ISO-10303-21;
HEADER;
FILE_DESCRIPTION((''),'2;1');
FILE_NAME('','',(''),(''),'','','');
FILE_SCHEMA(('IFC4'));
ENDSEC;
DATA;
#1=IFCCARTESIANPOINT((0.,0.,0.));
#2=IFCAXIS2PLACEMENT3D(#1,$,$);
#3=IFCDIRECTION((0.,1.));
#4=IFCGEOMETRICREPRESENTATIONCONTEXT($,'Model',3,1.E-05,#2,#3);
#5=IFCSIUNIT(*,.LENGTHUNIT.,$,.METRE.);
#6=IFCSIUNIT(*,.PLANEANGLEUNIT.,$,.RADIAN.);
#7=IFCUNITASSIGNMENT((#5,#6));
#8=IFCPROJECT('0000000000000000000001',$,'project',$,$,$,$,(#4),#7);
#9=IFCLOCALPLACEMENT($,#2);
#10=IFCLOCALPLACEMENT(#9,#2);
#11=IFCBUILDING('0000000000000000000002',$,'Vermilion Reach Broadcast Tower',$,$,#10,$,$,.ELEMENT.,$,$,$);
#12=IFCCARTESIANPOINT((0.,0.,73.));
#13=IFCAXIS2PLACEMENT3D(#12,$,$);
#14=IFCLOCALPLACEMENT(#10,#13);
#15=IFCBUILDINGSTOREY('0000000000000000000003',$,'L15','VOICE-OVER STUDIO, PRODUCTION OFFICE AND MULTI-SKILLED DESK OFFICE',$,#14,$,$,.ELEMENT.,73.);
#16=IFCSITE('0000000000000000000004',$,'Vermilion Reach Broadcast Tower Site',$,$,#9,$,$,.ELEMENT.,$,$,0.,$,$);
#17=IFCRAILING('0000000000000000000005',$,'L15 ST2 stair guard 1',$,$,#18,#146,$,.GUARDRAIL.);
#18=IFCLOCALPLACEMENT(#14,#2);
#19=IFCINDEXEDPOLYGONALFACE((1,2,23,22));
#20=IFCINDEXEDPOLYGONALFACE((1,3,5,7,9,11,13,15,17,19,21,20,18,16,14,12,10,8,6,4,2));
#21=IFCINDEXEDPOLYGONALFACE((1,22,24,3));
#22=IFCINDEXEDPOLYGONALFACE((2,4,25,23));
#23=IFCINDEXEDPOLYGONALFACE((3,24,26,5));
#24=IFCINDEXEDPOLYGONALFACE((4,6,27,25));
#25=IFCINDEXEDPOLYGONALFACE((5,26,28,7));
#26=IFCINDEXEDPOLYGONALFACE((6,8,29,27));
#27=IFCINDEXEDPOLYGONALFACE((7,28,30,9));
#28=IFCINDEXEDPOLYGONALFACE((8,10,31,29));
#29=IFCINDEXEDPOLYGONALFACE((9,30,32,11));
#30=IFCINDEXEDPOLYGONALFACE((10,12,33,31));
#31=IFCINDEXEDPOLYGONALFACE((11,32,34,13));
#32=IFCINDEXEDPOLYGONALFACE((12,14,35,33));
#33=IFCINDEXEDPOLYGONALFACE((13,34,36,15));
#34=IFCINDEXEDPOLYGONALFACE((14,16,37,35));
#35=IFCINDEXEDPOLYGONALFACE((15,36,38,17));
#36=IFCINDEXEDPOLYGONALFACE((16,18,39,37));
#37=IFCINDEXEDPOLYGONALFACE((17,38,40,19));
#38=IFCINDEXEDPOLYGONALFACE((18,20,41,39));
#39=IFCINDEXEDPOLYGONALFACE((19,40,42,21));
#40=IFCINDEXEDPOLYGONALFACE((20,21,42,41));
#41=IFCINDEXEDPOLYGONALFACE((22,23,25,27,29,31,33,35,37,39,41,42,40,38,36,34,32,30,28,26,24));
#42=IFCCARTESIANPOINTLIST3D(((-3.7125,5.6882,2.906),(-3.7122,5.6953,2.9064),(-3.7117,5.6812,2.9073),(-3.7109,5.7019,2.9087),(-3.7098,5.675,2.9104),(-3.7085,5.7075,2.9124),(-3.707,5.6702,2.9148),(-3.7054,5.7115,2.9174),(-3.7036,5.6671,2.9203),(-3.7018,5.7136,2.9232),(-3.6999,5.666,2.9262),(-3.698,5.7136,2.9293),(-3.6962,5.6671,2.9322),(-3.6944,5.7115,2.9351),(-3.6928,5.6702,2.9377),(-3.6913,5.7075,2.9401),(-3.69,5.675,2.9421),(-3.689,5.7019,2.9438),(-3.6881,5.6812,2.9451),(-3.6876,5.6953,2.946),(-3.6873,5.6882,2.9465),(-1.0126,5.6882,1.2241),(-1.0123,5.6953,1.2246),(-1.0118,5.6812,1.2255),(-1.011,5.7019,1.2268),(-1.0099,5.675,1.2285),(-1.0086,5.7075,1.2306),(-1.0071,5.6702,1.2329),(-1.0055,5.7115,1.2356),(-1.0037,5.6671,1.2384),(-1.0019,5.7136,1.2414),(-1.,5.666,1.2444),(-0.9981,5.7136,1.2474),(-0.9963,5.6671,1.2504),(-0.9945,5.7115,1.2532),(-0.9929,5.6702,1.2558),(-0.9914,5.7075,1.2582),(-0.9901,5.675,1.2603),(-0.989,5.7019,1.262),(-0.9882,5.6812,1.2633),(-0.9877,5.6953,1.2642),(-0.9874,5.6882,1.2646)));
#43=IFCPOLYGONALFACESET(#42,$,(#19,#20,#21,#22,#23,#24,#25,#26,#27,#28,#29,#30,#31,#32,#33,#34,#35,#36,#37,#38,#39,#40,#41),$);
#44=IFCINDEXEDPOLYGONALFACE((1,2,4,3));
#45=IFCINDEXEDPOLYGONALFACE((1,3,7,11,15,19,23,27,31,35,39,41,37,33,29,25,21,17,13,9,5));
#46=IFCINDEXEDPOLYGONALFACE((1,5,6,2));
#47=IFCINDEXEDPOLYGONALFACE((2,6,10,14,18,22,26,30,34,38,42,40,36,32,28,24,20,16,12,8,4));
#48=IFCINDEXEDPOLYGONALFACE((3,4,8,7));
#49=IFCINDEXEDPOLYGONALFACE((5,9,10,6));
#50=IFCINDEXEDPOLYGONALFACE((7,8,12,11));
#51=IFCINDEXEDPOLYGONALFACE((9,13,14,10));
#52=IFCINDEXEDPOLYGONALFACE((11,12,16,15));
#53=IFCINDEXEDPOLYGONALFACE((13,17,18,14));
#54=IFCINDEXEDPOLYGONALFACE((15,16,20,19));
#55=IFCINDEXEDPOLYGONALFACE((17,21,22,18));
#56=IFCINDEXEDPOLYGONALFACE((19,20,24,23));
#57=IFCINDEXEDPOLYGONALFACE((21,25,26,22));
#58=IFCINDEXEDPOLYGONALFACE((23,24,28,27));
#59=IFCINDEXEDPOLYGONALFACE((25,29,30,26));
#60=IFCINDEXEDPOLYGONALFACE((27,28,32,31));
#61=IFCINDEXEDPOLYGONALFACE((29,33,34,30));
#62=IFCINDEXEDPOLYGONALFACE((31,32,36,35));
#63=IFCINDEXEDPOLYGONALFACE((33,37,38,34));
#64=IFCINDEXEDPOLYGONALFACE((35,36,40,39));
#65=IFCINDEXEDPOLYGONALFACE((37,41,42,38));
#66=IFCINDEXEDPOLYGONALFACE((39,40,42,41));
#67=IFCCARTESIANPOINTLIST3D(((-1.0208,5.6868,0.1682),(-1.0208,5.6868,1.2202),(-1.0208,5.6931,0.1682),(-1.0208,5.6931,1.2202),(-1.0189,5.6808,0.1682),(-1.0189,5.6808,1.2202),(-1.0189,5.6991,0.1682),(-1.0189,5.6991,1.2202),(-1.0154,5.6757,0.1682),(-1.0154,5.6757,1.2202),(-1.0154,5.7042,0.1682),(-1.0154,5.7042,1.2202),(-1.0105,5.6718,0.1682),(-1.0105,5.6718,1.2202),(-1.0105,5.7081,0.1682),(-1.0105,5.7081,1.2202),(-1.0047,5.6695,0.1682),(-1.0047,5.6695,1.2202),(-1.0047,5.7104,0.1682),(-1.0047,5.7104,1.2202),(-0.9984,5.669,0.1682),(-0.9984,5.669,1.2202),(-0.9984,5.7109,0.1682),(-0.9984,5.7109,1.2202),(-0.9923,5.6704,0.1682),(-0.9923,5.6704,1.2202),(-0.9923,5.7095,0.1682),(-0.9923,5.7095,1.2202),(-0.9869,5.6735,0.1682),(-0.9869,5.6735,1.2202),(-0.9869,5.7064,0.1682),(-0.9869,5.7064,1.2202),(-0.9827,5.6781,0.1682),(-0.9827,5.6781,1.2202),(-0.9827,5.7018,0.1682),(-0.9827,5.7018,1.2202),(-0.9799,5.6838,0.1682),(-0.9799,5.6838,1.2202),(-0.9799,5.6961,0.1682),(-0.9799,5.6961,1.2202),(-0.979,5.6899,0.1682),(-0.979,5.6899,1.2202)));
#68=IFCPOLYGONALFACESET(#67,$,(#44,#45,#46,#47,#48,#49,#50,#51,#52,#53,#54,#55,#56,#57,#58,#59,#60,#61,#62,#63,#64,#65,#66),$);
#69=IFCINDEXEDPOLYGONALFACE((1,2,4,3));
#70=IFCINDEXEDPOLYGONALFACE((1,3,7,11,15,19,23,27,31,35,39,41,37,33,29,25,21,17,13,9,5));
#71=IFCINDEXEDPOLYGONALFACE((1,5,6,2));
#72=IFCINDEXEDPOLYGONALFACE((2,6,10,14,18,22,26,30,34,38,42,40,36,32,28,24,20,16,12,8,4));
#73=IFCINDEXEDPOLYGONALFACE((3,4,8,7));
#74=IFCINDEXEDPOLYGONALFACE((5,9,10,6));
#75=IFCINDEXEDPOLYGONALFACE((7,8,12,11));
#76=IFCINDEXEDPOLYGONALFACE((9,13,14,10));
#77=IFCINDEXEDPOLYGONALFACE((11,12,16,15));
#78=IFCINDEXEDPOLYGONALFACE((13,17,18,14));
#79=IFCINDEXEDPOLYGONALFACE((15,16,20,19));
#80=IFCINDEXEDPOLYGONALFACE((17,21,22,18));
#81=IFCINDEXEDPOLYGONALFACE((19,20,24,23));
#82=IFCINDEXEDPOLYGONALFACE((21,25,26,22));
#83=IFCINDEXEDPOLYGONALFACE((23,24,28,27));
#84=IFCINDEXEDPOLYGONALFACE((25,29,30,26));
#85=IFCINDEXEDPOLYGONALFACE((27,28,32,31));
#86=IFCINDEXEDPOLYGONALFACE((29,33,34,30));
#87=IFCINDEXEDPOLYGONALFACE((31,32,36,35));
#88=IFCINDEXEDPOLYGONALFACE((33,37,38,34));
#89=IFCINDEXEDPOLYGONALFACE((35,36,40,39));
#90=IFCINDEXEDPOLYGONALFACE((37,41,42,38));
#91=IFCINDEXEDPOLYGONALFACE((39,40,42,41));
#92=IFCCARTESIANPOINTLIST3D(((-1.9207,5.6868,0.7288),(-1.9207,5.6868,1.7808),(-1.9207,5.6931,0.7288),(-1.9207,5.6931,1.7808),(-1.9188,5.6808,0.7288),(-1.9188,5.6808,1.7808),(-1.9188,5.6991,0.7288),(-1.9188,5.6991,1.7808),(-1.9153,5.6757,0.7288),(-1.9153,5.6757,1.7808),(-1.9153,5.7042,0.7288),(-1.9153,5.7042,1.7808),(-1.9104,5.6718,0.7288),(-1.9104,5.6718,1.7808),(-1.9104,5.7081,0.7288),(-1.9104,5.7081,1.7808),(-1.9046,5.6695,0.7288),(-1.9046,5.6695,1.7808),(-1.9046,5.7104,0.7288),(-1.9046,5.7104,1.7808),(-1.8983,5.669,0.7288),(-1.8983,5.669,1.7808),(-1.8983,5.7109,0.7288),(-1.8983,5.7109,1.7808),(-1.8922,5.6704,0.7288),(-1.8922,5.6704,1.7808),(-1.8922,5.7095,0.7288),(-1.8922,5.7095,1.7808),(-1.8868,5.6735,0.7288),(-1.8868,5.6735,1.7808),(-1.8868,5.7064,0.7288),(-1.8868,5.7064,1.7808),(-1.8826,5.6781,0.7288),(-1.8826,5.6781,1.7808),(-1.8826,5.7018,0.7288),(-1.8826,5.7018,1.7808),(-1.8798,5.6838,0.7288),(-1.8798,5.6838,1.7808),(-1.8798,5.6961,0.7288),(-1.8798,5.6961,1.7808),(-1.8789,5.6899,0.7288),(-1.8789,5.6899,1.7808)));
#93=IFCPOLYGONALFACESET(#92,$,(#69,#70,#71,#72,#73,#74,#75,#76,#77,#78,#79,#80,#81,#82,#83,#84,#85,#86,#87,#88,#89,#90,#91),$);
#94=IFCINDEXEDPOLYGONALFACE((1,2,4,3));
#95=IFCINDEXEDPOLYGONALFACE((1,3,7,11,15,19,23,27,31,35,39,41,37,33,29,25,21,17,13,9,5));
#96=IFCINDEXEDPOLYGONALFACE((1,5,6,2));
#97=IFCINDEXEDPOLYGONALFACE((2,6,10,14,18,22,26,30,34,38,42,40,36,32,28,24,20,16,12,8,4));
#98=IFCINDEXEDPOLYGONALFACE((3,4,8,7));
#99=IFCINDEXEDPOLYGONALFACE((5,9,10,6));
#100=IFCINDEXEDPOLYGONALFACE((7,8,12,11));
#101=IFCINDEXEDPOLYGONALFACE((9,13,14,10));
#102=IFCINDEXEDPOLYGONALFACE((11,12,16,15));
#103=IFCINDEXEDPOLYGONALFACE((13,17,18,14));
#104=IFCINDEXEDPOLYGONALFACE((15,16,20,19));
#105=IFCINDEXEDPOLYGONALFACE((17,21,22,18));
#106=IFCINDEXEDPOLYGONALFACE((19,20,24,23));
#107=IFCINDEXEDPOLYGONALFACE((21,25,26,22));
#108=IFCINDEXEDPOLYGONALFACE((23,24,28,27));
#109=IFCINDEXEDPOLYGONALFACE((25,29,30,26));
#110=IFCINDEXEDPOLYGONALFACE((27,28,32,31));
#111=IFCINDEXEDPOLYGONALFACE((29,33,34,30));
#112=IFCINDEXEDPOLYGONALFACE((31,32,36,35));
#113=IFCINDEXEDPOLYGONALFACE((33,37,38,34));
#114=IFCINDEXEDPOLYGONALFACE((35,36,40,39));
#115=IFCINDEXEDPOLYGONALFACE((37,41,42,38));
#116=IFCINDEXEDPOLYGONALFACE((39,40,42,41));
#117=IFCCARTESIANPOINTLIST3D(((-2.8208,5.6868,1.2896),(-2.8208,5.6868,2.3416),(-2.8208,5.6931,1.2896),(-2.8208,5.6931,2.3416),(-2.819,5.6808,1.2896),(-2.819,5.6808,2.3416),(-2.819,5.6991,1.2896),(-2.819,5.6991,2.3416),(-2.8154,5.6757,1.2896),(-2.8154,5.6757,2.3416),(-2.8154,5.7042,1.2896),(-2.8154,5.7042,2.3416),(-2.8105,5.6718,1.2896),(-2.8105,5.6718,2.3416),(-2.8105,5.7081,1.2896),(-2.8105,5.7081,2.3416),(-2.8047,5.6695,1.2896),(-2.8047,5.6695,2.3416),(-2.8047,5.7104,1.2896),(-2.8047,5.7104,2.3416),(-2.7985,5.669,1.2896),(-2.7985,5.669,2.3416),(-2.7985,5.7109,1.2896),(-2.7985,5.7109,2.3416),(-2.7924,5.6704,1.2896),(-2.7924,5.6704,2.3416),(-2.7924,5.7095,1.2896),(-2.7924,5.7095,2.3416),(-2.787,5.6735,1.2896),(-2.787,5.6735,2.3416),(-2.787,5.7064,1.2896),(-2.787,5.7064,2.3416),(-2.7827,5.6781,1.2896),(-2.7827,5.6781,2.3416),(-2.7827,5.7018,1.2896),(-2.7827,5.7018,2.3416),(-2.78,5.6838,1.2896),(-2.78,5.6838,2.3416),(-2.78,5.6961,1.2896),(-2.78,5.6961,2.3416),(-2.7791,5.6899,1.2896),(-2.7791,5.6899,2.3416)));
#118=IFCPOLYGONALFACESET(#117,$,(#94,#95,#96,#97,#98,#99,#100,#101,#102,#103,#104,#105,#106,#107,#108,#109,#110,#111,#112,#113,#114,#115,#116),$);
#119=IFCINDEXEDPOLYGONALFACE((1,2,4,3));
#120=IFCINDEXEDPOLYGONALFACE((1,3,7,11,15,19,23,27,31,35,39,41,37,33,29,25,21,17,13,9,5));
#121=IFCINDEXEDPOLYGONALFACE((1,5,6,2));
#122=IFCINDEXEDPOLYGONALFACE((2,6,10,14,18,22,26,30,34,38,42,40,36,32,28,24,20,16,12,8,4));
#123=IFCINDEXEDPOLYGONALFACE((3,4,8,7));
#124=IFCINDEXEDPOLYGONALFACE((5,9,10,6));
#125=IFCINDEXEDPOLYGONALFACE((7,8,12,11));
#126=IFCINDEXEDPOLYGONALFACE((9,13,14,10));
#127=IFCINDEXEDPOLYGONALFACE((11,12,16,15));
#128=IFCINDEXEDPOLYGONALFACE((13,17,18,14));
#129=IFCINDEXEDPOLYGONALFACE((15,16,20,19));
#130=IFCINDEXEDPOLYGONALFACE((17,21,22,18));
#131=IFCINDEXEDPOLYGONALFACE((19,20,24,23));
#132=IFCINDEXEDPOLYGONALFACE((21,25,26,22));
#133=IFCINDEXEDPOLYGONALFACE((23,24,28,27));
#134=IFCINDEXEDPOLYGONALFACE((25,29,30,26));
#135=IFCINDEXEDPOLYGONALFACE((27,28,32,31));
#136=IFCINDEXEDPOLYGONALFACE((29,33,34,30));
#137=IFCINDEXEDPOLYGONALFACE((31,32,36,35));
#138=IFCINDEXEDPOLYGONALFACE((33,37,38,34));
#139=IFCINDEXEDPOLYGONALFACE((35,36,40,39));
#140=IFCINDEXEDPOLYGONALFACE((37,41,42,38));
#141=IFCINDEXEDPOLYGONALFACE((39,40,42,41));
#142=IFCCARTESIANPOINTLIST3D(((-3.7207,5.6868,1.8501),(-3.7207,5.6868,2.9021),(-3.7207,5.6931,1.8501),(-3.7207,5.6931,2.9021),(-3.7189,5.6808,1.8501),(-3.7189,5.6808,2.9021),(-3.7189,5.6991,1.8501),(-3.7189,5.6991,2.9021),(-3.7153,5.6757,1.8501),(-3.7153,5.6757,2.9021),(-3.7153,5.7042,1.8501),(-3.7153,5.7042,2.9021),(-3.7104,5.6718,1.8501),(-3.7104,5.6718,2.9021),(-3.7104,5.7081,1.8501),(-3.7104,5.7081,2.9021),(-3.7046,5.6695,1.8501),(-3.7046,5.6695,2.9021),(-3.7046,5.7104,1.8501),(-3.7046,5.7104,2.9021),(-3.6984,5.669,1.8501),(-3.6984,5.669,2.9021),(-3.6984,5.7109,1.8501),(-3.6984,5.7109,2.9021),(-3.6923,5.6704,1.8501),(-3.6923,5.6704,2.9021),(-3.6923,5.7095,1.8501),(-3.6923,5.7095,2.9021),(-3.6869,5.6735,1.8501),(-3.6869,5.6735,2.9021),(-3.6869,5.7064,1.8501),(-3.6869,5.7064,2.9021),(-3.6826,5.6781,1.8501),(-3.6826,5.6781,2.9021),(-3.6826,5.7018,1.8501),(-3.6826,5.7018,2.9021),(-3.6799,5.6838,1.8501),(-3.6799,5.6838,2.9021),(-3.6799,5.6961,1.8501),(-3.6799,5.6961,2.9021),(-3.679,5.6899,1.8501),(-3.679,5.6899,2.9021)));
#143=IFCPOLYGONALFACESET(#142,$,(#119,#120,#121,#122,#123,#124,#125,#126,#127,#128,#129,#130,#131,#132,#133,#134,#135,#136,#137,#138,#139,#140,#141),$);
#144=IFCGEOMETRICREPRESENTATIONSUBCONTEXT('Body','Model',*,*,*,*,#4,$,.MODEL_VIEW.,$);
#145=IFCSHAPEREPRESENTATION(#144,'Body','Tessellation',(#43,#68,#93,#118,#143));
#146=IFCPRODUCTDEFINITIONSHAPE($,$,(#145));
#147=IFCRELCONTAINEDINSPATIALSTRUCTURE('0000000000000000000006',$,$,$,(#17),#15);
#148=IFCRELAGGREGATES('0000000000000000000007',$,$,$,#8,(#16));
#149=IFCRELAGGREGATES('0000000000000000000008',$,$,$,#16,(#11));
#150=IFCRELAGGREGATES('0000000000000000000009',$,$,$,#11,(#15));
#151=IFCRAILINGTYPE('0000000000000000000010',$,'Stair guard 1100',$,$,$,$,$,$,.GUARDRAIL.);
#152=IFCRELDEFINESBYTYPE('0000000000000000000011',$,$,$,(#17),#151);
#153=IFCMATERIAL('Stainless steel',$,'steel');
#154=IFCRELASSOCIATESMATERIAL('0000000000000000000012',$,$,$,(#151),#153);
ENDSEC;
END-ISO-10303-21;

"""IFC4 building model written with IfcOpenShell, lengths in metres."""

from ifc_helpers import new_model, si_unit, direction, frame, origin, origin_2d, place, context, subcontext, project, spatial, circle, extrude, material, type_object, element, save


model = new_model("IFC4")

# Units and contexts
model_context = context("Model", 3, precision=1e-05, world=origin(), true_north=direction((0.0, 1.0)))
body_context = subcontext(model_context, "Body", "Model", "MODEL_VIEW")
ifc_project = project(units=[si_unit("LENGTHUNIT", "METRE"), si_unit("PLANEANGLEUNIT", "RADIAN")], contexts=[model_context])

# Site, building, storey
site_placement = place(None, origin())
site = spatial("IfcSite", under=ifc_project, at=site_placement, Name="Vermilion Reach Broadcast Tower Site", CompositionType="ELEMENT", RefElevation=0.0)
building_placement = place(site_placement, origin())
building = spatial("IfcBuilding", under=site, at=building_placement, Name="Vermilion Reach Broadcast Tower", CompositionType="ELEMENT")
storey_placement = place(building_placement, frame((0.0, 0.0, 73.0)))
storey = spatial("IfcBuildingStorey", under=building, at=storey_placement, Name="L15", Description="VOICE-OVER STUDIO, PRODUCTION OFFICE AND MULTI-SKILLED DESK OFFICE", CompositionType="ELEMENT", Elevation=73.0)

# Railing
ifc_material_1 = material(Name="Stainless steel", Category="steel")
railing_type_1 = type_object("IfcRailingType", Name="Stair guard 1100", PredefinedType="GUARDRAIL", material=ifc_material_1)
railing_1_placement = place(storey_placement, frame((-1.0, 5.6899, 0.1682)))
element("IfcRailing", 1, at=railing_1_placement, inside=storey, type_object=railing_type_1, Name="L15 ST2 stair guard 1", PredefinedType="GUARDRAIL", context=body_context, shape_type="SweptSolid", body=[
    extrude(circle(Radius=0.0239, at=origin_2d()), frame((0.0, 0.0, 1.0762), z_axis=(-0.848786, 0.0, 0.528736), x_axis=(0.0, -1.0, 0.0)), (0.0, 0.0, 1.0), 3.1809),
    extrude(circle(Radius=0.021, at=origin_2d()), origin(), (0.0, 0.0, 1.0), 1.052),
    extrude(circle(Radius=0.021, at=origin_2d()), frame((-0.8999, 0.0, 0.5605)), (0.0, 0.0, 1.0), 1.052),
    extrude(circle(Radius=0.021, at=origin_2d()), frame((-1.8, 0.0, 1.1213)), (0.0, 0.0, 1.0), 1.052),
    extrude(circle(Radius=0.021, at=origin_2d()), frame((-2.7, 0.0, 1.6819)), (0.0, 0.0, 1.0), 1.052),
])

save(model, "model.ifc")
